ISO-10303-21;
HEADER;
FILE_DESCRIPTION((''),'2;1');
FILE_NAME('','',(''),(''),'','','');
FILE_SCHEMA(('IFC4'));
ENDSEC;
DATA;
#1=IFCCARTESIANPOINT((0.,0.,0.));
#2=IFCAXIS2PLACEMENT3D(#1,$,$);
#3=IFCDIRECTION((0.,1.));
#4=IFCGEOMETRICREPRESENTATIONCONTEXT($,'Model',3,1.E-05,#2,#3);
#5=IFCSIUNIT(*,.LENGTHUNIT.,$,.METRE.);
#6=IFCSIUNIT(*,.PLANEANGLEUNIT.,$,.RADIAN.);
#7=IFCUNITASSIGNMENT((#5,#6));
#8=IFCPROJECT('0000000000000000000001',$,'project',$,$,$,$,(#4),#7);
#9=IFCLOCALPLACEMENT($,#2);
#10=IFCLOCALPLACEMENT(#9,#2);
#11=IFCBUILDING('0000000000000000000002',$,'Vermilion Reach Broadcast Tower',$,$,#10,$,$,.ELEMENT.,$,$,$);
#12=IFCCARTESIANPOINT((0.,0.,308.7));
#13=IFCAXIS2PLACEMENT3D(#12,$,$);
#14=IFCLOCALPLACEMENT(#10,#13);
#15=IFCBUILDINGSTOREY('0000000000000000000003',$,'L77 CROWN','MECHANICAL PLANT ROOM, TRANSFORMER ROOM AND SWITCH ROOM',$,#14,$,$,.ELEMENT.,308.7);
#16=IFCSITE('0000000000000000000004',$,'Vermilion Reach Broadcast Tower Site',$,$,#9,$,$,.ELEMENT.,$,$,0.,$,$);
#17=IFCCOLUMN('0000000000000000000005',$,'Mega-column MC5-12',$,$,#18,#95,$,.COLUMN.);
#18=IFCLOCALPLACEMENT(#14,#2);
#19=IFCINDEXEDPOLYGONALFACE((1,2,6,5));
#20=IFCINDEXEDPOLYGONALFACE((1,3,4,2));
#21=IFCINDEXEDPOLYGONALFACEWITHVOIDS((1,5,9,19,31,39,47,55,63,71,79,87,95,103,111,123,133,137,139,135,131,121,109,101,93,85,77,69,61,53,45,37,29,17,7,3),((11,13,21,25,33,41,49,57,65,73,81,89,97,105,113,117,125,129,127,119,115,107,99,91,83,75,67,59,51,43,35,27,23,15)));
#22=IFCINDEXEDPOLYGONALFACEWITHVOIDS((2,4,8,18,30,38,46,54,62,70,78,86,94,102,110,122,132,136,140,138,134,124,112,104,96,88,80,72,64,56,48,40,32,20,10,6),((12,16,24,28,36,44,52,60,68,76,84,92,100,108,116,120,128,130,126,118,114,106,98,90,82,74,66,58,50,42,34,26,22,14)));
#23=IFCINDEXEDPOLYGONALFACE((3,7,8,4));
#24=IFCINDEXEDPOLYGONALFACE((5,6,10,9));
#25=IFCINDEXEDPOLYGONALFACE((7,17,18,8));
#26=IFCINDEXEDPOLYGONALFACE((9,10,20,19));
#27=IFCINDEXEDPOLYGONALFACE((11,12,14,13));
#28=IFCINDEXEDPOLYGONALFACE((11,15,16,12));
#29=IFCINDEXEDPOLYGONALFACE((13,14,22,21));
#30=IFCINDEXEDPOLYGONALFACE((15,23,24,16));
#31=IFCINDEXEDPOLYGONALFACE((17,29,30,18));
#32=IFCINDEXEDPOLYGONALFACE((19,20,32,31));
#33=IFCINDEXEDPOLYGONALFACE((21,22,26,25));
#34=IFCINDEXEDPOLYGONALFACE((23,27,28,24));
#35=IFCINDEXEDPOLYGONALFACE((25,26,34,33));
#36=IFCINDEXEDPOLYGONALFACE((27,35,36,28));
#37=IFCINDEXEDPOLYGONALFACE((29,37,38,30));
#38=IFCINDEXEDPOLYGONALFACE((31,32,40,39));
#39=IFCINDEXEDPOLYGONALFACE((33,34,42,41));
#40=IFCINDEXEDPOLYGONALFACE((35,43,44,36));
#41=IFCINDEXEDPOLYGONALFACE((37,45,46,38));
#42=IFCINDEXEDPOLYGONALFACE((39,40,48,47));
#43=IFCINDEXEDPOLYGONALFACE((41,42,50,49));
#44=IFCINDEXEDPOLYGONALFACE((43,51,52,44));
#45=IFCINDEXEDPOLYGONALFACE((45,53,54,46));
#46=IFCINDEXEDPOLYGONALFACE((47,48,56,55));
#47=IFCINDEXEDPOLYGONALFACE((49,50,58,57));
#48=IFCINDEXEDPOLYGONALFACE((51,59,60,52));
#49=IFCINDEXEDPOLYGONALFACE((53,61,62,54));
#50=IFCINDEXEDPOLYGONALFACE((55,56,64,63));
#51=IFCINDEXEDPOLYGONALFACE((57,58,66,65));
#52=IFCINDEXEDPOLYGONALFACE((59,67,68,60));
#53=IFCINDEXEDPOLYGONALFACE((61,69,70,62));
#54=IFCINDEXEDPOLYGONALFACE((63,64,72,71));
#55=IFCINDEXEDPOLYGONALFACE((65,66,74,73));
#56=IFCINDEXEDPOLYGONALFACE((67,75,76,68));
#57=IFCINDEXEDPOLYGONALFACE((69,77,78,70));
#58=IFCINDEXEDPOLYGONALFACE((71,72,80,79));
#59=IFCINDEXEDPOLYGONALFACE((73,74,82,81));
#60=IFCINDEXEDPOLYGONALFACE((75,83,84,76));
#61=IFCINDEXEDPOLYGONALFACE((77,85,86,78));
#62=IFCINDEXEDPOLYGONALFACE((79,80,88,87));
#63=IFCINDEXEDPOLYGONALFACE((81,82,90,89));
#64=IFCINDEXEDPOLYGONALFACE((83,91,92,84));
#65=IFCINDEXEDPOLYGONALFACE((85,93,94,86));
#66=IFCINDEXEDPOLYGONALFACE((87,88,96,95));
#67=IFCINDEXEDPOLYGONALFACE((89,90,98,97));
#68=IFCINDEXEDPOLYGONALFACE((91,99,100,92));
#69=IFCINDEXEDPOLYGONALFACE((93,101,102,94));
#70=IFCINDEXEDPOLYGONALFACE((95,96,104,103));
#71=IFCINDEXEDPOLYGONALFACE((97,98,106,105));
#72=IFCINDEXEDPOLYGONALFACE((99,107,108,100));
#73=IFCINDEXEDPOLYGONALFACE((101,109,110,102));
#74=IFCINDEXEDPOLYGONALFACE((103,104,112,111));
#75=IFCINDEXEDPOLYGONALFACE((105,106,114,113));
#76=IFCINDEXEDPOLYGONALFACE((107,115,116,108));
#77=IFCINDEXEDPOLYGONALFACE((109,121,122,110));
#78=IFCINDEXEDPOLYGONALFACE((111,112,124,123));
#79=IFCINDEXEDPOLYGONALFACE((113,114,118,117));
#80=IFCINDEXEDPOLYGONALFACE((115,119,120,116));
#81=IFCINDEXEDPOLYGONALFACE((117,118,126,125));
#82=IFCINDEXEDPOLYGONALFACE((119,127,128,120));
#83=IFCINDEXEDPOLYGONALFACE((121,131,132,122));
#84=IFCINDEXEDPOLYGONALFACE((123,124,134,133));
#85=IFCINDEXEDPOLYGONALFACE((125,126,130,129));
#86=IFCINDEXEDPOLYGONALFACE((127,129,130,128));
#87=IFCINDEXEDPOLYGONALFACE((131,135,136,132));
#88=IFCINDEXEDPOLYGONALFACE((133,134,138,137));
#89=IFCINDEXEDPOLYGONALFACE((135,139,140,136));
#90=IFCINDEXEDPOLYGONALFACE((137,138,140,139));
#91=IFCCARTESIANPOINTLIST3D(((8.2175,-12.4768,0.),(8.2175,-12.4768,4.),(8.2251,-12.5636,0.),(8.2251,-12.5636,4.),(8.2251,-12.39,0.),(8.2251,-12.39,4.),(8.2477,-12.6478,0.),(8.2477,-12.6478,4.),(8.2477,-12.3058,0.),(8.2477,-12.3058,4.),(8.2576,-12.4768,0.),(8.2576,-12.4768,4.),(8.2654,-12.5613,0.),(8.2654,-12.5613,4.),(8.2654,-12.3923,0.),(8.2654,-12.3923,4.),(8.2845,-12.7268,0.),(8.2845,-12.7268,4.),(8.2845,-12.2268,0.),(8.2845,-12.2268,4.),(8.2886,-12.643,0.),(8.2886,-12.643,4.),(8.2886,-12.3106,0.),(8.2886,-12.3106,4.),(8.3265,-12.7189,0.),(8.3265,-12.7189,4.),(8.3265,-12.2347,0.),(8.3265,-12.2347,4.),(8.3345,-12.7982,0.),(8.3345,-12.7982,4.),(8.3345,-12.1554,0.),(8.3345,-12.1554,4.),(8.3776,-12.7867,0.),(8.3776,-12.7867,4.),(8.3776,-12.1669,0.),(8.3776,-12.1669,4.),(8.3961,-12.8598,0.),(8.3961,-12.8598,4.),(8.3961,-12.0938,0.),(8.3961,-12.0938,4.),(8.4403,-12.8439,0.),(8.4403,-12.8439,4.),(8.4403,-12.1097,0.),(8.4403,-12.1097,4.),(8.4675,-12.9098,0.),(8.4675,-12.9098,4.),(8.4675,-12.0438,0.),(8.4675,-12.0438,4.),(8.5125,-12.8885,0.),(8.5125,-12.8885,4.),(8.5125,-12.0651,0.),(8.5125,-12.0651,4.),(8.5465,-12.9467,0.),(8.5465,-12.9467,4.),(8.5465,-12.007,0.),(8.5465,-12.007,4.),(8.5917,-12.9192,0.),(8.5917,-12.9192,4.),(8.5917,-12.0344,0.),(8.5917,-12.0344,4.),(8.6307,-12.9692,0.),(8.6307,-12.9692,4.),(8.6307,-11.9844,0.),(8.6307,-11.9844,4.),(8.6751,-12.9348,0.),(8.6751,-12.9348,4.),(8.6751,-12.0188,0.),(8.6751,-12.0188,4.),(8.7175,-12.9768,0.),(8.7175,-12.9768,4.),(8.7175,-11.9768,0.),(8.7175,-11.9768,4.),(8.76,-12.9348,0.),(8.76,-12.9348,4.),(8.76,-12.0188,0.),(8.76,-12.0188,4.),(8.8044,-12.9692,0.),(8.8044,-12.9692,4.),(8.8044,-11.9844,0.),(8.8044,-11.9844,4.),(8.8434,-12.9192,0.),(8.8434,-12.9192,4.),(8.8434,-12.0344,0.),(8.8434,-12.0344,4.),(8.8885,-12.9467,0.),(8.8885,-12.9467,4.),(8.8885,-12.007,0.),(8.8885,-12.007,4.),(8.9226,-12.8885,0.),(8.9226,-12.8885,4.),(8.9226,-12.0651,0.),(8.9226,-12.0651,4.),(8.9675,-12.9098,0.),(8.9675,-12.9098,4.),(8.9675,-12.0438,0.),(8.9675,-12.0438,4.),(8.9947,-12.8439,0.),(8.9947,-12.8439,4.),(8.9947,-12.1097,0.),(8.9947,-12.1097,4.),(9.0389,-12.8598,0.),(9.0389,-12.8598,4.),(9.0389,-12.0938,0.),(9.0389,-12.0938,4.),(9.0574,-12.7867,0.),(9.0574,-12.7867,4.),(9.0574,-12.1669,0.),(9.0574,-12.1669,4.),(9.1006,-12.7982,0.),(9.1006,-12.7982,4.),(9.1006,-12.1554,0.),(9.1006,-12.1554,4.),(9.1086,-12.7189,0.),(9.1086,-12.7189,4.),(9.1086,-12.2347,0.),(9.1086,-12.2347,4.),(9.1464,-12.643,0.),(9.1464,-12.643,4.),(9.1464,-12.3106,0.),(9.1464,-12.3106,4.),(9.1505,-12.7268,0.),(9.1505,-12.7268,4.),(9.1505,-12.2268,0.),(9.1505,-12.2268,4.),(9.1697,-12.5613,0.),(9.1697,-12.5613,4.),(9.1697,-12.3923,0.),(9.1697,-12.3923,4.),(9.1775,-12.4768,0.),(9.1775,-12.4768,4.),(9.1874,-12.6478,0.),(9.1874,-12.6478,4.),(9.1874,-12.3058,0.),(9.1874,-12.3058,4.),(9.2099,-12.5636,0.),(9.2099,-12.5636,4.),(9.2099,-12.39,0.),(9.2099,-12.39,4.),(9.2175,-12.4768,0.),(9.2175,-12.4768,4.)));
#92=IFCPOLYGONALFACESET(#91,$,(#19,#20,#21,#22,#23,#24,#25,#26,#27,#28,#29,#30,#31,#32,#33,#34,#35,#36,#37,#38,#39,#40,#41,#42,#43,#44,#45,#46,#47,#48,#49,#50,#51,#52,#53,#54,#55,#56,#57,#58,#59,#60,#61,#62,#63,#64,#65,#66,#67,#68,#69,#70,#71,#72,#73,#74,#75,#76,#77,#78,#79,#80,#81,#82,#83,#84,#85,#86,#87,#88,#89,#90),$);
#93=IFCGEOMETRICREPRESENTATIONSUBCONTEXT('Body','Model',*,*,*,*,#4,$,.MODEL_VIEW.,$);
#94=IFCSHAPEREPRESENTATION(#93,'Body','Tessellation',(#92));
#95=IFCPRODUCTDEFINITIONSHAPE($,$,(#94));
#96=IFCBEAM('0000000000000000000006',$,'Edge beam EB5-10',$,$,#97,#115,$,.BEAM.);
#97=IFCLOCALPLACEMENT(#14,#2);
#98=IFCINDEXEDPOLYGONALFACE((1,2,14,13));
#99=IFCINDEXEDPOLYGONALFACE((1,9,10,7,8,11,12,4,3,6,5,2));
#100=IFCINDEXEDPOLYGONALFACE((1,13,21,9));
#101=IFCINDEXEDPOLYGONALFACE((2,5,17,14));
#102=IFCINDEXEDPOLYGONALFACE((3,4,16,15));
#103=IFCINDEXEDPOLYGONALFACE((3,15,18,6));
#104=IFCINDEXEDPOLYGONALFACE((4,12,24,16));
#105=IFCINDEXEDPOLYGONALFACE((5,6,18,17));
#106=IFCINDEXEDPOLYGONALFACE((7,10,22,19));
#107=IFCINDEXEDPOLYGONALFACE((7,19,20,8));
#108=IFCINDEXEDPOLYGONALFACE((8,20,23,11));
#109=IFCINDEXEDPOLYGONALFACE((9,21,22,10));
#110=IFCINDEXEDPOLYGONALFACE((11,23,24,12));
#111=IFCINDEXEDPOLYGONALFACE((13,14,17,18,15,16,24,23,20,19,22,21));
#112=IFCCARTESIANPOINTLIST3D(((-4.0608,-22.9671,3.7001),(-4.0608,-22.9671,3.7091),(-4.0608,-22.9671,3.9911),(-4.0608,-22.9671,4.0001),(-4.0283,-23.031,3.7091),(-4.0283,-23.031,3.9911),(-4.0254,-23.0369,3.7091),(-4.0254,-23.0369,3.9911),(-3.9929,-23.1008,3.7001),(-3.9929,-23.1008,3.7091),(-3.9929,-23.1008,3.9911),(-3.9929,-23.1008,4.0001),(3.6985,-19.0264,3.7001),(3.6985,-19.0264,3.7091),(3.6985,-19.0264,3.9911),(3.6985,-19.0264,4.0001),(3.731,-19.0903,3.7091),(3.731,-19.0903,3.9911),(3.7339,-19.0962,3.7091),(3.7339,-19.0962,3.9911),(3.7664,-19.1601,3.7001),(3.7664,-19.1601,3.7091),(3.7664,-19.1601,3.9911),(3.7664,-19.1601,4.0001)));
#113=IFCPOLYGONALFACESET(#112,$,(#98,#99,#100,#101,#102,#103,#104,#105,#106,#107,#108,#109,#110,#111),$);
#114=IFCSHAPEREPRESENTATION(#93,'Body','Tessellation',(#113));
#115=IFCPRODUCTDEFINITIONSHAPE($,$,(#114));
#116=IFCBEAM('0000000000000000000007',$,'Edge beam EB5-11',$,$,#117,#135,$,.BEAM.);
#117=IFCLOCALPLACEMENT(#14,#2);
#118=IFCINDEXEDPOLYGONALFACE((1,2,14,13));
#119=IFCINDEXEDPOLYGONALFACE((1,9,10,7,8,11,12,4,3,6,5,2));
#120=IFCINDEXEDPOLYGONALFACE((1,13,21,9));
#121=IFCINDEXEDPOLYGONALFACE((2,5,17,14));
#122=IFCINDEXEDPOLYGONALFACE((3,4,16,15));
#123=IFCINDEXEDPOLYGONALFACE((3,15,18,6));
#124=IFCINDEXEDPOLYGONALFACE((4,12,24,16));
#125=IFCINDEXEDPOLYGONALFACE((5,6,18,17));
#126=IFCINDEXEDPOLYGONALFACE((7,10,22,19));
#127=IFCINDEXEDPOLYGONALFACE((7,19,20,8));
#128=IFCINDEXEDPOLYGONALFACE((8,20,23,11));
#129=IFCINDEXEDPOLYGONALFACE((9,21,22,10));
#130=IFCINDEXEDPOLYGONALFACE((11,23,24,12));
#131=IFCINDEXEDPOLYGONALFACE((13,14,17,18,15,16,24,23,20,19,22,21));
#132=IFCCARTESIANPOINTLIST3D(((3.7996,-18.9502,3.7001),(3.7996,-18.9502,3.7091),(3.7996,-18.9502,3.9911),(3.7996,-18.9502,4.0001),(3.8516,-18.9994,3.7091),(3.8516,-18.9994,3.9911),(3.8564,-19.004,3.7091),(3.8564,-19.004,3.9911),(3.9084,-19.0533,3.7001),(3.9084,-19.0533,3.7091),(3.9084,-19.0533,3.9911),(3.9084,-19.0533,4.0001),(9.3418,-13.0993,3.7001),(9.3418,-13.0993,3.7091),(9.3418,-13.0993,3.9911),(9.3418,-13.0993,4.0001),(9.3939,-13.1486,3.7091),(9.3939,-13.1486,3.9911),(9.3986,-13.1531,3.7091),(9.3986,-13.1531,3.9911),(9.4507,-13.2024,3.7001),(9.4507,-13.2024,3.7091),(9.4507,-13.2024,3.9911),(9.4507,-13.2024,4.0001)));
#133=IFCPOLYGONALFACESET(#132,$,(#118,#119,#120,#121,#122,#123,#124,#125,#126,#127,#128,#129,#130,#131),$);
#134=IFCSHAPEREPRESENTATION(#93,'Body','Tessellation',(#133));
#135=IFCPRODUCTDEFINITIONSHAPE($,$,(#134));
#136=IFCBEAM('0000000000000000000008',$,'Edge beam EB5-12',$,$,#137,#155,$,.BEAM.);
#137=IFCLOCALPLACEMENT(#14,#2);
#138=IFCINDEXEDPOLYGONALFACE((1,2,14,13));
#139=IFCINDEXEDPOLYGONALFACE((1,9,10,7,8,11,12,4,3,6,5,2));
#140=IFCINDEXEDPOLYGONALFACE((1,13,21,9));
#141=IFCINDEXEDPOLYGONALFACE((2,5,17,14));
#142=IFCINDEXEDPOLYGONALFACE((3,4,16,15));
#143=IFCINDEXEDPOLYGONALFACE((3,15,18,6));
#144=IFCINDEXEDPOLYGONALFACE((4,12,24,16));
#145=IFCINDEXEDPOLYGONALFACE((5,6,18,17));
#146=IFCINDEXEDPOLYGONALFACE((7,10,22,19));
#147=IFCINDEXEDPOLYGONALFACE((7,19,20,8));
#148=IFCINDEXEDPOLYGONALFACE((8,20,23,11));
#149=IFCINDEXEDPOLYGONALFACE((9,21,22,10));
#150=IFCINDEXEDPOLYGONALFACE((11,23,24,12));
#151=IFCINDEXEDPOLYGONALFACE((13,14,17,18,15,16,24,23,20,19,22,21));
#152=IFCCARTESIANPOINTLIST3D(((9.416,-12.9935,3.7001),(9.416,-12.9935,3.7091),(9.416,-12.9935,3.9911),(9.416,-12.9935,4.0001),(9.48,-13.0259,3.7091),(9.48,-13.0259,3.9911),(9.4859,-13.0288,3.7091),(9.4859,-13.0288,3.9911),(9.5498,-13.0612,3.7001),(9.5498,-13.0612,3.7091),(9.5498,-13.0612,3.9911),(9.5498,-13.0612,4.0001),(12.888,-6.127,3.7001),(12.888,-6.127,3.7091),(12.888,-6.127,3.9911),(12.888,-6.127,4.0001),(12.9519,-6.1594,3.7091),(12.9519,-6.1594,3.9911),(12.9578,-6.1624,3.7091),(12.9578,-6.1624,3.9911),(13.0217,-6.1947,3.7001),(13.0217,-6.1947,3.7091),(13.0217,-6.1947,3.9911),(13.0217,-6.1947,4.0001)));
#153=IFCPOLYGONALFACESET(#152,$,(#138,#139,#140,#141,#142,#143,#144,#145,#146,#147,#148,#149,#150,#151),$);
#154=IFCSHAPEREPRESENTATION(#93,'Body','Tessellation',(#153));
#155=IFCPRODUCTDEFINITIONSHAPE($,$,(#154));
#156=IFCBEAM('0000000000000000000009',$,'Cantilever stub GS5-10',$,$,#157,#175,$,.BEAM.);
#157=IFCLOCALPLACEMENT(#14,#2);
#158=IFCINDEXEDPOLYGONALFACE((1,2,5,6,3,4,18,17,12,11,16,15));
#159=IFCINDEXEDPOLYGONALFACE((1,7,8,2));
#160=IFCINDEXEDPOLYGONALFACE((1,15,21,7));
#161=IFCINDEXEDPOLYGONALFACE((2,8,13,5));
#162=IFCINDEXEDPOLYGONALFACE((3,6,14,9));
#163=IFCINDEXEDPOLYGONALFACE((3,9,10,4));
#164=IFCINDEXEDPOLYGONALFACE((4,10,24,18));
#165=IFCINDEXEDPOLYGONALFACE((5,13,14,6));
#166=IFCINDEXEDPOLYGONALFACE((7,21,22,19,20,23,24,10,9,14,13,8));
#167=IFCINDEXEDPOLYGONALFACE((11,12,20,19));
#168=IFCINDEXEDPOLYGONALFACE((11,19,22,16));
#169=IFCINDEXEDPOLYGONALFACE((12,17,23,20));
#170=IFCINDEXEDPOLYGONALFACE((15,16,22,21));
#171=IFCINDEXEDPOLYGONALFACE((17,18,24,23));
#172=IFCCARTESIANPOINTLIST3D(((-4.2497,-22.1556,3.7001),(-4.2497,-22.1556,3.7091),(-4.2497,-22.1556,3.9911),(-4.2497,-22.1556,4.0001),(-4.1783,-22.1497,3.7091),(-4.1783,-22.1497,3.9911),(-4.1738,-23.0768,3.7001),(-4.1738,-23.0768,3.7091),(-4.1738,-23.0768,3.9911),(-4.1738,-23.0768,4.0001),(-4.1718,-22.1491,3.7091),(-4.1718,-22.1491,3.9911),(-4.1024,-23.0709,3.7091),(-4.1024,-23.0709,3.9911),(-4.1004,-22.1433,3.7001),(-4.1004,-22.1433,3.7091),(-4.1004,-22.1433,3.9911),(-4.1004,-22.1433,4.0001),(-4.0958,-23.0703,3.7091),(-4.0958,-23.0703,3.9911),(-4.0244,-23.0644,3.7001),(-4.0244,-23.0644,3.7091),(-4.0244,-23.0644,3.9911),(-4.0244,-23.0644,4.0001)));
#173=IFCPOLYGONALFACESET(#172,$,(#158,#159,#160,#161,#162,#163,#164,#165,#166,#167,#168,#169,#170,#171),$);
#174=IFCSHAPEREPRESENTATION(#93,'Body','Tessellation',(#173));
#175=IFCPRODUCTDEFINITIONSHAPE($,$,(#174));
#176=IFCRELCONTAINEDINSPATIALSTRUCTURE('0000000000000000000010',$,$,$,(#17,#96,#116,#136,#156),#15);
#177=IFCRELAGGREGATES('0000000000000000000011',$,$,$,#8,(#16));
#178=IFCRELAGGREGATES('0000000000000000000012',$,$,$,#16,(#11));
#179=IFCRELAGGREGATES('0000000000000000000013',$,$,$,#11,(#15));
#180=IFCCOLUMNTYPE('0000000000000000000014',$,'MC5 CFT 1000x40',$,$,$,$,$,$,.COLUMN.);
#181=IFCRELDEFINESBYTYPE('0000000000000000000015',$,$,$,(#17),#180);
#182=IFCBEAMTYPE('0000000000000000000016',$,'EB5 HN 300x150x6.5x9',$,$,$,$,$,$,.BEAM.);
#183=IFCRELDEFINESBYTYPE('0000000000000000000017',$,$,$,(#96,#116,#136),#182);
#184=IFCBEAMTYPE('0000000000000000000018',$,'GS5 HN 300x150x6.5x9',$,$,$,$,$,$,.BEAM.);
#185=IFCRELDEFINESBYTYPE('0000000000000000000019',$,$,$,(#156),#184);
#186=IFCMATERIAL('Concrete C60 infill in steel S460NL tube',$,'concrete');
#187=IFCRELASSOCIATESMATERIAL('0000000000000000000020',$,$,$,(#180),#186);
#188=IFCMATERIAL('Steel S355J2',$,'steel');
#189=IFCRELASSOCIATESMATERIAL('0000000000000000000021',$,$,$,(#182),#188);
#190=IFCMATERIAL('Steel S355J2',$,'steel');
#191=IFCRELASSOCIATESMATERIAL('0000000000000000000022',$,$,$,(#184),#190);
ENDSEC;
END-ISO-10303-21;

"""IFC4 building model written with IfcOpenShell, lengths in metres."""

from ifc_helpers import new_model, si_unit, direction, frame, origin, origin_2d, place, context, subcontext, project, spatial, hollow_circle, i_section, extrude, material, material_profile, profile_set, type_object, element, save


model = new_model("IFC4")

# Units and contexts
model_context = context("Model", 3, precision=1e-05, world=origin(), true_north=direction((0.0, 1.0)))
body_context = subcontext(model_context, "Body", "Model", "MODEL_VIEW")
ifc_project = project(units=[si_unit("LENGTHUNIT", "METRE"), si_unit("PLANEANGLEUNIT", "RADIAN")], contexts=[model_context])

# Site, building, storey
site_placement = place(None, origin())
site = spatial("IfcSite", under=ifc_project, at=site_placement, Name="Vermilion Reach Broadcast Tower Site", CompositionType="ELEMENT", RefElevation=0.0)
building_placement = place(site_placement, origin())
building = spatial("IfcBuilding", under=site, at=building_placement, Name="Vermilion Reach Broadcast Tower", CompositionType="ELEMENT")
storey_placement = place(building_placement, frame((0.0, 0.0, 308.7)))
storey = spatial("IfcBuildingStorey", under=building, at=storey_placement, Name="L77 CROWN", Description="MECHANICAL PLANT ROOM, TRANSFORMER ROOM AND SWITCH ROOM", CompositionType="ELEMENT", Elevation=308.7)

# Column
ifc_material_1 = material(Name="Concrete C60 infill in steel S460NL tube", Category="concrete")
ifc_material_profile_1 = material_profile(ifc_material_1, hollow_circle(Radius=0.5, WallThickness=0.04, at=origin_2d()), Name="Concrete C60 infill in steel S460NL tube CFT 1000x40")
ifc_profile_set_1 = profile_set([ifc_material_profile_1], Name="Concrete C60 infill in steel S460NL tube")
column_type = type_object("IfcColumnType", Name="MC5 CFT 1000x40", PredefinedType="COLUMN", material=ifc_profile_set_1)
for number, where, z_axis, x_axis, name in (
    (1, (8.7175, -12.4768, 0.0), (0.0, 0.0, 1.0), (1.0, 0.0, 0.0), "Mega-column MC5-12"),
):
    element("IfcColumn", number, at=place(storey_placement, frame(where, z_axis=z_axis, x_axis=x_axis)), inside=storey, type_object=column_type, Name=name, PredefinedType="COLUMN", context=body_context, shape_type="SweptSolid", body=[
        extrude(hollow_circle(Radius=0.5, WallThickness=0.04, at=origin_2d()), origin(), (0.0, 0.0, 1.0), 4.0),
    ])

# Beams
ifc_material_2 = material(Name="Steel S355J2", Category="steel")
ifc_material_profile_2 = material_profile(ifc_material_2, i_section(OverallWidth=0.1499, OverallDepth=0.3, WebThickness=0.0066, FlangeThickness=0.009, at=origin_2d()), Name="S355J2 HN 300x150x6.5x9")
ifc_profile_set_2 = profile_set([ifc_material_profile_2], Name="Steel S355J2")
beam_type_1 = type_object("IfcBeamType", Name="EB5 HN 300x150x6.5x9", PredefinedType="BEAM", material=ifc_profile_set_2)
beam_1_placement = place(storey_placement, frame((-4.0269, -23.0339, 3.8501), z_axis=(0.891604, 0.452816, 0.0), x_axis=(-0.452816, 0.891604, 0.0)))
element("IfcBeam", 2, at=beam_1_placement, inside=storey, type_object=beam_type_1, Name="Edge beam EB5-10", PredefinedType="BEAM", context=body_context, shape_type="SweptSolid", body=[
    extrude(i_section(OverallWidth=0.1499, OverallDepth=0.3, WebThickness=0.0066, FlangeThickness=0.009, at=origin_2d()), origin(), (0.0, 0.0, 1.0), 8.7026),
])
beam_2_placement = place(storey_placement, frame((3.854, -19.0017, 3.8501), z_axis=(0.687702, 0.725993, 0.0), x_axis=(-0.725993, 0.687702, 0.0)))
element("IfcBeam", 3, at=beam_2_placement, inside=storey, type_object=beam_type_1, Name="Edge beam EB5-11", PredefinedType="BEAM", context=body_context, shape_type="SweptSolid", body=[
    extrude(i_section(OverallWidth=0.1499, OverallDepth=0.3, WebThickness=0.0066, FlangeThickness=0.009, at=origin_2d()), origin(), (0.0, 0.0, 1.0), 8.0591),
])
beam_3_placement = place(storey_placement, frame((9.4829, -13.0273, 3.8501), z_axis=(0.451232, 0.892406, 0.0), x_axis=(-0.892406, 0.451232, 0.0)))
element("IfcBeam", 4, at=beam_3_placement, inside=storey, type_object=beam_type_1, Name="Edge beam EB5-12", PredefinedType="BEAM", context=body_context, shape_type="SweptSolid", body=[
    extrude(i_section(OverallWidth=0.1499, OverallDepth=0.3, WebThickness=0.0066, FlangeThickness=0.009, at=origin_2d()), origin(), (0.0, 0.0, 1.0), 7.6943),
])
ifc_material_3 = material(Name="Steel S355J2", Category="steel")
ifc_material_profile_3 = material_profile(ifc_material_3, i_section(OverallWidth=0.1499, OverallDepth=0.3, WebThickness=0.0066, FlangeThickness=0.009, at=origin_2d()), Name="S355J2 HN 300x150x6.5x9")
ifc_profile_set_3 = profile_set([ifc_material_profile_3], Name="Steel S355J2")
beam_type_2 = type_object("IfcBeamType", Name="GS5 HN 300x150x6.5x9", PredefinedType="BEAM", material=ifc_profile_set_3)
beam_4_placement = place(storey_placement, frame((-4.175, -22.1494, 3.8501), z_axis=(0.082149, -0.99662, 0.0), x_axis=(0.99662, 0.082149, 0.0)))
element("IfcBeam", 5, at=beam_4_placement, inside=storey, type_object=beam_type_2, Name="Cantilever stub GS5-10", PredefinedType="BEAM", context=body_context, shape_type="SweptSolid", body=[
    extrude(i_section(OverallWidth=0.1499, OverallDepth=0.3, WebThickness=0.0066, FlangeThickness=0.009, at=origin_2d()), origin(), (0.0, 0.0, 1.0), 0.9243),
])

save(model, "model.ifc")
